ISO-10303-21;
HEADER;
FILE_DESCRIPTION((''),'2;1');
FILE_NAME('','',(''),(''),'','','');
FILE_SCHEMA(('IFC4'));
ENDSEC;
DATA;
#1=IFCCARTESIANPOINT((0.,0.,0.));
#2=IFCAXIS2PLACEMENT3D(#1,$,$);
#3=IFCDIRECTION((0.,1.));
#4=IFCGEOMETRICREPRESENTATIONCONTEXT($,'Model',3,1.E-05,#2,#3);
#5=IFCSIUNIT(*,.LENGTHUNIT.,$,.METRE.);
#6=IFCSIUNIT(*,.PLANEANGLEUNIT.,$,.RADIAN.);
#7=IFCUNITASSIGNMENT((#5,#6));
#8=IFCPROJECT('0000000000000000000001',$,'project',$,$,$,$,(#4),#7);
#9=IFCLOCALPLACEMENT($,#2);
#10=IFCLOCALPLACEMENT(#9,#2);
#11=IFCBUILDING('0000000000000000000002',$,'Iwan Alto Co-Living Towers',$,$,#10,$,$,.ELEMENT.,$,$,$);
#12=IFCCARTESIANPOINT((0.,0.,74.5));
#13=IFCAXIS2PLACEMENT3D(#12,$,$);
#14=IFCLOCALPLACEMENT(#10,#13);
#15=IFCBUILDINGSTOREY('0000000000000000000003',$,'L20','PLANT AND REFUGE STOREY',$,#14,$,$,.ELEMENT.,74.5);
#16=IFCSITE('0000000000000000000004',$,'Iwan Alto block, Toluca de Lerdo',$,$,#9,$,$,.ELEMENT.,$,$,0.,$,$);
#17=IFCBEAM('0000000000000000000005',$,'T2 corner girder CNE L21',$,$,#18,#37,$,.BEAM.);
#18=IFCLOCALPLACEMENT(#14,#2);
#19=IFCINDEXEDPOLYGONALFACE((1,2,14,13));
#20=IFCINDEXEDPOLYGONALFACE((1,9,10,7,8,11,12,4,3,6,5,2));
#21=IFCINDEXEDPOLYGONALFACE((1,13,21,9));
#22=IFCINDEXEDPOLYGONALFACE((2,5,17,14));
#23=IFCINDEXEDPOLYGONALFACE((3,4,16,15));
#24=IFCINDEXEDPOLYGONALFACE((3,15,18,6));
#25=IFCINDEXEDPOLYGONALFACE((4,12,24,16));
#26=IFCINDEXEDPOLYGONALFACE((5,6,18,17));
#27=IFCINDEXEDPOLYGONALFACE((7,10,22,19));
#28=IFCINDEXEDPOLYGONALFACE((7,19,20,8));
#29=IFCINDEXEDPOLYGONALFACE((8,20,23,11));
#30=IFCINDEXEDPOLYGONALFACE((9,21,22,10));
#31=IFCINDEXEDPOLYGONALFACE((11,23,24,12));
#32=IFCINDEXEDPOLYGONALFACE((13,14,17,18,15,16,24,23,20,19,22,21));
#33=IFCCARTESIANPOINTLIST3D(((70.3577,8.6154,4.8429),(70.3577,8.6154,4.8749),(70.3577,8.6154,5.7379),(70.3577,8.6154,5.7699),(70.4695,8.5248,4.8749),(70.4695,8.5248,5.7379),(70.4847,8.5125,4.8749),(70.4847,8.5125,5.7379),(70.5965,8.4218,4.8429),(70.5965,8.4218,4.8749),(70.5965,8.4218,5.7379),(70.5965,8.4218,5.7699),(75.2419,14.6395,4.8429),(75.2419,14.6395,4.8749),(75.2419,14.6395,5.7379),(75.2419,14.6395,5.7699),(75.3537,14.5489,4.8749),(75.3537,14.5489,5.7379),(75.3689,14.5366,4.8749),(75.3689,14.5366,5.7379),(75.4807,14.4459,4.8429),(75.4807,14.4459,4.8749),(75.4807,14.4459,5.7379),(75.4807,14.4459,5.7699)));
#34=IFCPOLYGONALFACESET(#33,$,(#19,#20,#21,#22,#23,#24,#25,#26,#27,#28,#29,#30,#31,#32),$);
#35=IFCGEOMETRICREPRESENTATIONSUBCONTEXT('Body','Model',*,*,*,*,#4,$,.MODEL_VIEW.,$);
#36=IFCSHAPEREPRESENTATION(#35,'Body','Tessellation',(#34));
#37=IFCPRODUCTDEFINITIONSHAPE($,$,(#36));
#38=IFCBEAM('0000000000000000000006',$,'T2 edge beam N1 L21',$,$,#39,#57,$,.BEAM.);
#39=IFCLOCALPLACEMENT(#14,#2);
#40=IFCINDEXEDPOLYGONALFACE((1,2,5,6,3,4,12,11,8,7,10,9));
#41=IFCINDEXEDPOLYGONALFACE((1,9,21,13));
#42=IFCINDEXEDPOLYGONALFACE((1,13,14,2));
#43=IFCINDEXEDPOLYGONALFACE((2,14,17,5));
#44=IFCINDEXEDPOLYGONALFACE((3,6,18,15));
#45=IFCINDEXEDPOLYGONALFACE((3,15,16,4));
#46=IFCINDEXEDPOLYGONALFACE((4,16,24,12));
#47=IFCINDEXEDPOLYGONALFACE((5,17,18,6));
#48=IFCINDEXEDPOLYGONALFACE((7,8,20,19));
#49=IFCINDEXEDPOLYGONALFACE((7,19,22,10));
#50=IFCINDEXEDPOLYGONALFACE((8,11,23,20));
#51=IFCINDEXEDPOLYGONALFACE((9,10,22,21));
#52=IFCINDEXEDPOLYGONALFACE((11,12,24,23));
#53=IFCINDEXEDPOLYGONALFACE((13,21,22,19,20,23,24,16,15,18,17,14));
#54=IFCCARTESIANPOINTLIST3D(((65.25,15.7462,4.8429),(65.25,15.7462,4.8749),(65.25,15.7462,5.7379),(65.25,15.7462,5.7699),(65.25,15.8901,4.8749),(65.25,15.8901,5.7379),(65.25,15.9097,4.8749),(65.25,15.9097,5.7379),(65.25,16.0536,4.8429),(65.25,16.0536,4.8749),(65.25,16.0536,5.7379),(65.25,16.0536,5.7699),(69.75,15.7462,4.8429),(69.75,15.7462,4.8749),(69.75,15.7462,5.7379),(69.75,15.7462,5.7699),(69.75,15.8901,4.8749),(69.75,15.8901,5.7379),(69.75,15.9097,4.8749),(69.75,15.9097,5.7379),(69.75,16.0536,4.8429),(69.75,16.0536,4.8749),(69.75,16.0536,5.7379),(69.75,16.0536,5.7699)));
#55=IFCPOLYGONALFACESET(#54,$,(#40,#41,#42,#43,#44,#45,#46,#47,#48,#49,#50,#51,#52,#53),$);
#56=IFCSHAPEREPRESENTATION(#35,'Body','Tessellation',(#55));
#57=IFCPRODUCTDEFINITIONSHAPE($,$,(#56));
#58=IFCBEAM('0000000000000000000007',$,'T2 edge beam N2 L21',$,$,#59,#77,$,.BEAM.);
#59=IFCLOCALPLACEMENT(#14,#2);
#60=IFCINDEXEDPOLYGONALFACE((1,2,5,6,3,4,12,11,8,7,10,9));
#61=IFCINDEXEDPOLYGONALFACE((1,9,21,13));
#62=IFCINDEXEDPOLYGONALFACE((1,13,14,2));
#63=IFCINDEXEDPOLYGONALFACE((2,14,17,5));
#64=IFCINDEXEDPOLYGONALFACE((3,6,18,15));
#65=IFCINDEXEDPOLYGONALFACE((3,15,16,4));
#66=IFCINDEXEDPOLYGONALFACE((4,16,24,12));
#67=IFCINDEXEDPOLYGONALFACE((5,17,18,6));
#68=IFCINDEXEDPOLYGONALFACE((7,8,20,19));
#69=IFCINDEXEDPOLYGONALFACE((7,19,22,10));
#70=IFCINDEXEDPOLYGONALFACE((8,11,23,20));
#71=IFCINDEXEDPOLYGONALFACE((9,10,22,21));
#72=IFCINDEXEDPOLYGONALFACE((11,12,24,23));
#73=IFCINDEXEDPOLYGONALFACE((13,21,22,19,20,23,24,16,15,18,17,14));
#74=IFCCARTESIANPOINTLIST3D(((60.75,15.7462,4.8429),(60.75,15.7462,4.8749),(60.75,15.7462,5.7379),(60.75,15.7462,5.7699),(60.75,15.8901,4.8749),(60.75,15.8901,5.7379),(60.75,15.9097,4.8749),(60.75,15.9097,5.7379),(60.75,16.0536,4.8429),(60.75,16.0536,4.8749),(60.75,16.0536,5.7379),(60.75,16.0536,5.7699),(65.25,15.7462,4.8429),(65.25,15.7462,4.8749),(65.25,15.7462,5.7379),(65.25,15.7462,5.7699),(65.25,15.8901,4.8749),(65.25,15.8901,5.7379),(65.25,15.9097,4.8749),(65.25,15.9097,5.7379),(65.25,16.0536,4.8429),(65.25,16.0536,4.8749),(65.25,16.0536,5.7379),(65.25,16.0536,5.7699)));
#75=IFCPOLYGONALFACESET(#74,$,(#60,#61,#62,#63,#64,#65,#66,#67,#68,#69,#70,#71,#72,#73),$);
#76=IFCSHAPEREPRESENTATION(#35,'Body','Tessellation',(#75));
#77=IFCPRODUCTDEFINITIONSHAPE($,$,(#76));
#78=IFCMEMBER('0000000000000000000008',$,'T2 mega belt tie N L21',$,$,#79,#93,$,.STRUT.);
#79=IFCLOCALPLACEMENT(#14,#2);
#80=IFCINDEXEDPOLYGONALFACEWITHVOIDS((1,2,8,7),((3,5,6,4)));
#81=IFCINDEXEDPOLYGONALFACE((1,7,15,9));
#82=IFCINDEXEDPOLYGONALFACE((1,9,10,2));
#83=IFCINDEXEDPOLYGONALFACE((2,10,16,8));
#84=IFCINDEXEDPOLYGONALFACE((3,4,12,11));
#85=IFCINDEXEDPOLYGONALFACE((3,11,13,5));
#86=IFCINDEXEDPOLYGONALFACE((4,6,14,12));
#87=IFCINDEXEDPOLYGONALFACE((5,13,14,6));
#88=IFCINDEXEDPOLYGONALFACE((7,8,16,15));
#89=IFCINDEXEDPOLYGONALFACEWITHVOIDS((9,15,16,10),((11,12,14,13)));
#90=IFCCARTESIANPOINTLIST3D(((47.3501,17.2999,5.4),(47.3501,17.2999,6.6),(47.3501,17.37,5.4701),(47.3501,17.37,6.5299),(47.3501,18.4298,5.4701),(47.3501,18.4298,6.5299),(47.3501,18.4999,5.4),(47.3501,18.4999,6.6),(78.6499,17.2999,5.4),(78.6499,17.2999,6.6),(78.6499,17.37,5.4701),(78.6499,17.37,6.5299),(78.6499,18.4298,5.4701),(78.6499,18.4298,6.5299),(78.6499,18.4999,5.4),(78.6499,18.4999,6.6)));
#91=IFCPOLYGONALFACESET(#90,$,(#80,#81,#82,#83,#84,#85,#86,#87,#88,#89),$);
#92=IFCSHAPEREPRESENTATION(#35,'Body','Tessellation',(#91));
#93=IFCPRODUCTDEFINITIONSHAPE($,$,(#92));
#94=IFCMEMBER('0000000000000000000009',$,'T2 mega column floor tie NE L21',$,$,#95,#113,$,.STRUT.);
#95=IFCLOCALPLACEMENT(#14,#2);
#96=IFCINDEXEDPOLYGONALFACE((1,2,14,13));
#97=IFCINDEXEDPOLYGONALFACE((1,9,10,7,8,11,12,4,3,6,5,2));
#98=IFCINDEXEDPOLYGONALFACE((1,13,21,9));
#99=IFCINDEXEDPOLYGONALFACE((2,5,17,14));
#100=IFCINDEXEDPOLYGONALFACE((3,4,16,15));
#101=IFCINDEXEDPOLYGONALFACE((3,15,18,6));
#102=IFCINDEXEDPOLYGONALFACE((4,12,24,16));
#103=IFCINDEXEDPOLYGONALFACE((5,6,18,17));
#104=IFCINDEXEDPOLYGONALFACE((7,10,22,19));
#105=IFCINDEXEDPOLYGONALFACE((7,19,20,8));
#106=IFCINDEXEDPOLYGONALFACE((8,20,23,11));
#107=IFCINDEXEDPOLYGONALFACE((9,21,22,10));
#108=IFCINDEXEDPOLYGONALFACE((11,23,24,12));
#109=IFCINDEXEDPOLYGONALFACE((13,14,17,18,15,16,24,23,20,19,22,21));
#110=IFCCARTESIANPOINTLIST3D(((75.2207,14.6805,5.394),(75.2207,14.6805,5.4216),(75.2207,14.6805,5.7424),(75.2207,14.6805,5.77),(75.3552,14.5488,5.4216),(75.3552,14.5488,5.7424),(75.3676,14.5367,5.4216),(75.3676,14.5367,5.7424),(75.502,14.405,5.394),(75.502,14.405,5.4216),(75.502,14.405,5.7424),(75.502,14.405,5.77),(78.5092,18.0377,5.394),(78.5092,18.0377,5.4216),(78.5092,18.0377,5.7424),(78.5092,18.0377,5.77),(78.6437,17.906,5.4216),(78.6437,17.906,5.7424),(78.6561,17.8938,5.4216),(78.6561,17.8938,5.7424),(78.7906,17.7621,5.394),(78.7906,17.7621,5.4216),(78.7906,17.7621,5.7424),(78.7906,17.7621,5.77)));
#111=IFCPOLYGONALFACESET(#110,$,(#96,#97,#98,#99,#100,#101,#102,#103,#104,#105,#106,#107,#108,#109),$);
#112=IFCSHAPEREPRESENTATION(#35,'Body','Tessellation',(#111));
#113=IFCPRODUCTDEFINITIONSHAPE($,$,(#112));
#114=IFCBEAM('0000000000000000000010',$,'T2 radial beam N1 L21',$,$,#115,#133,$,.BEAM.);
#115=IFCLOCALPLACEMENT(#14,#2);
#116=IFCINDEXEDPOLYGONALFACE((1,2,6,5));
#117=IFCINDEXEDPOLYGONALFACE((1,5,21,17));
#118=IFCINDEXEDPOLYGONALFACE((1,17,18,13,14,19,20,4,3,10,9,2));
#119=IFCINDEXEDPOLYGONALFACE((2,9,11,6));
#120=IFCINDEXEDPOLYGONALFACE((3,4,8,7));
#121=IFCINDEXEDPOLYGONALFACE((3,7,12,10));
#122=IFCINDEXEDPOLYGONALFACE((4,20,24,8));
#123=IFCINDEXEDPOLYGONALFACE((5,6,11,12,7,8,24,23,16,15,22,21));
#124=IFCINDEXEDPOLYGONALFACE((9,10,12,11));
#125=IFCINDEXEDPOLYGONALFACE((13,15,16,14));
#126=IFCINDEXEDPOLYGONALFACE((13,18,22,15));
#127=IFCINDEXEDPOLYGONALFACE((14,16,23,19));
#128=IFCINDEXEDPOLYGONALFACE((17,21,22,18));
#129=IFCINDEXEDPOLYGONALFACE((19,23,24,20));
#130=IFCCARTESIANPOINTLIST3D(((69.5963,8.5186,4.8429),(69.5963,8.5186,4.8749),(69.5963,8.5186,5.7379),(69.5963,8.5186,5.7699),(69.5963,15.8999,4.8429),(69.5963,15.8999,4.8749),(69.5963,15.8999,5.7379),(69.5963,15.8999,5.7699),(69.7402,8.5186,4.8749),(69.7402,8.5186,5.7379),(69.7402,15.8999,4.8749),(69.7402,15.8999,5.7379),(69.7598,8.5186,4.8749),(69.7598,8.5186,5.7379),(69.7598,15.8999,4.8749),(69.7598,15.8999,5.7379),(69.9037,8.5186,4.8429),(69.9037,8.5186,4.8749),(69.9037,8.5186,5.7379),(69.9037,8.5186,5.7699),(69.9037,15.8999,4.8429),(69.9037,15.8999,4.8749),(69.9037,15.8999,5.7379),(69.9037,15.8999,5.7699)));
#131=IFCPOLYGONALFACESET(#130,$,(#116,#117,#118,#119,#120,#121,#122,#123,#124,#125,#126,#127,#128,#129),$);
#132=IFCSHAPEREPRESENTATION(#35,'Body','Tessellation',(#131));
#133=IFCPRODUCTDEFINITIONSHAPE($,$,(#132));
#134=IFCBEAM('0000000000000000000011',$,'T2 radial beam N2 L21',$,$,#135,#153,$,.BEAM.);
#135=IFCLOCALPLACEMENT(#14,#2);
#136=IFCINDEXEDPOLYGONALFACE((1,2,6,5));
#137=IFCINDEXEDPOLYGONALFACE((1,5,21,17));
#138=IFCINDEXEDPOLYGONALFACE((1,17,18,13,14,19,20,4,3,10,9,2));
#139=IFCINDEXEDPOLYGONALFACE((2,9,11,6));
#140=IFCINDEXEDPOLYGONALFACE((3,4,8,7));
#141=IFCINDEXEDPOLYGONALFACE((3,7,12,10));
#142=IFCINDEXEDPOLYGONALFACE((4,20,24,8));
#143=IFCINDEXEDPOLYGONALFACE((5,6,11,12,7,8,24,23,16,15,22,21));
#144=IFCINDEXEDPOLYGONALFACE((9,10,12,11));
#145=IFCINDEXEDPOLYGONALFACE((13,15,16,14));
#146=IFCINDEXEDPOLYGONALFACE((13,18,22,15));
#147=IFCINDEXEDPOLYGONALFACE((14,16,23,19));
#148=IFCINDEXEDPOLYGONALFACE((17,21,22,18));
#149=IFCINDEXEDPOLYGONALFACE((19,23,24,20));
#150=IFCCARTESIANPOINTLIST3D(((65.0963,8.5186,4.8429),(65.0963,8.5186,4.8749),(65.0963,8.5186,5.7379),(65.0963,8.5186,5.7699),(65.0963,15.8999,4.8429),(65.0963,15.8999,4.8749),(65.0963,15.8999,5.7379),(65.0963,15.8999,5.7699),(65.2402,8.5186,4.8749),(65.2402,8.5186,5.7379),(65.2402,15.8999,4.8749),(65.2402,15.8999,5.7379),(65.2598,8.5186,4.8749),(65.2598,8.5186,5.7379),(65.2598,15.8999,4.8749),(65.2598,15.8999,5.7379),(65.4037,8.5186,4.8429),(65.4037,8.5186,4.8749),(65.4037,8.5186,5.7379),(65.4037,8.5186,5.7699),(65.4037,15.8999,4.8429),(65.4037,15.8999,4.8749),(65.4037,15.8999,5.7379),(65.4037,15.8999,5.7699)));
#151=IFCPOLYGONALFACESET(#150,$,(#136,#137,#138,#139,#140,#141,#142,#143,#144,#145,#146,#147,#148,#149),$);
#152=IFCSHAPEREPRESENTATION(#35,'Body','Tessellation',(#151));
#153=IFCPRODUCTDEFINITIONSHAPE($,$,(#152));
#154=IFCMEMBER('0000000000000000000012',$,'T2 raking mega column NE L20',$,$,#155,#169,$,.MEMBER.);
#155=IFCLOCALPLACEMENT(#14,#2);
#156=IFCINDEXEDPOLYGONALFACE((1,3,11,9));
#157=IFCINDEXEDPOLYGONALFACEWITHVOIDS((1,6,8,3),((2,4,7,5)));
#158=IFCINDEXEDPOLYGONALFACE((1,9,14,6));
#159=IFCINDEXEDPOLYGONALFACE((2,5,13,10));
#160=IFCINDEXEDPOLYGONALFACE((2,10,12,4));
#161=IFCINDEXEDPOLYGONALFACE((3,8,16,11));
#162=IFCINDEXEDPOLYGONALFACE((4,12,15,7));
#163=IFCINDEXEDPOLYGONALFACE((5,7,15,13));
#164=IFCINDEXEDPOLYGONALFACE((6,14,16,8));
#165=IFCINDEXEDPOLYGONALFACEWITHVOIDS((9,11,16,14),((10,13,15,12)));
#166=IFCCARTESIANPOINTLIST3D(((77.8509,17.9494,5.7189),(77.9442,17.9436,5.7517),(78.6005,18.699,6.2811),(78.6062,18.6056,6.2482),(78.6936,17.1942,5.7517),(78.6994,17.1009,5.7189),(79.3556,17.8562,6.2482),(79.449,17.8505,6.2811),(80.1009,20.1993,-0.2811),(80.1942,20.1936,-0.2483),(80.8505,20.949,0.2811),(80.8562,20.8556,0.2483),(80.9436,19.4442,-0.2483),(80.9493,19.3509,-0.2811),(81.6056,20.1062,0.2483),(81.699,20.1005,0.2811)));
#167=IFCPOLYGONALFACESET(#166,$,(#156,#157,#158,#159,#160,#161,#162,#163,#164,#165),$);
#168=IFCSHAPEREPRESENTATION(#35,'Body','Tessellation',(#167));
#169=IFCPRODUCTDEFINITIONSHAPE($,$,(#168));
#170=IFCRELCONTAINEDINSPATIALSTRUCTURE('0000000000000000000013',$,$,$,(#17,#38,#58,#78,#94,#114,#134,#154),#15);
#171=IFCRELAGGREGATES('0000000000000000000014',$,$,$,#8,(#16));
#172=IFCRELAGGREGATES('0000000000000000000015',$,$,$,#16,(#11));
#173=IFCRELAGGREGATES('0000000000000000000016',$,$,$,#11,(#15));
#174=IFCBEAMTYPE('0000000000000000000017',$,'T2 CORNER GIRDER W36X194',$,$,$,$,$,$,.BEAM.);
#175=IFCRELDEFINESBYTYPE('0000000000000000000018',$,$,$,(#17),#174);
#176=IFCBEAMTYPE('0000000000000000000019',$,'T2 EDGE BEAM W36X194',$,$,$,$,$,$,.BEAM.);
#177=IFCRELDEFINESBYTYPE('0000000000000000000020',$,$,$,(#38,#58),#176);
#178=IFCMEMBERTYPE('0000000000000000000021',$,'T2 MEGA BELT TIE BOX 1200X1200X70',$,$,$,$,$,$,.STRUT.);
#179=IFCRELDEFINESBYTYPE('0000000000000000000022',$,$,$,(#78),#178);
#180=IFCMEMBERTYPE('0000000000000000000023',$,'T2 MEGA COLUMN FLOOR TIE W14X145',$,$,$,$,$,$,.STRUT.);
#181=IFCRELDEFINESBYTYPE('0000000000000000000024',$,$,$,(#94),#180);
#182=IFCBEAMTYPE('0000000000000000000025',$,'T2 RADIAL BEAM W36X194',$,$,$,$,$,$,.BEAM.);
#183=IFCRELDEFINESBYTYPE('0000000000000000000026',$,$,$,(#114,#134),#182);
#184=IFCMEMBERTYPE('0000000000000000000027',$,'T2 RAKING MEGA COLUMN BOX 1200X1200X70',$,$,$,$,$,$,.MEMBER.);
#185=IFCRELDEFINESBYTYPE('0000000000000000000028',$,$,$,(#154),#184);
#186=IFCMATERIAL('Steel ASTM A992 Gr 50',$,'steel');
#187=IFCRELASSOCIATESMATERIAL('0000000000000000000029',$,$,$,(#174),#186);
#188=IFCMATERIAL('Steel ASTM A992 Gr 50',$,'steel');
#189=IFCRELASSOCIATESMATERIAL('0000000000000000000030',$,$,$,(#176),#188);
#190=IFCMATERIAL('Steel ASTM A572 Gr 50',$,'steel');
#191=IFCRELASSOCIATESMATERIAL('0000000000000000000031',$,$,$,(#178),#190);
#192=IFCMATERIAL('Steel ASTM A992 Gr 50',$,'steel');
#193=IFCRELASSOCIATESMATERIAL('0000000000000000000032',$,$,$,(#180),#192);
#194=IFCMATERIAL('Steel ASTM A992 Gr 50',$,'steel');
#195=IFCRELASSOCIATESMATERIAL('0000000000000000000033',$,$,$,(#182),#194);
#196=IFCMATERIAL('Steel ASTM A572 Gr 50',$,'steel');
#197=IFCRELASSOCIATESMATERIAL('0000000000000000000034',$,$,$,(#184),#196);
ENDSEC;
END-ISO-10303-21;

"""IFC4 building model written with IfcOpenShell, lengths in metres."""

from ifc_helpers import new_model, si_unit, direction, frame, origin, origin_2d, place, context, subcontext, project, spatial, hollow_rectangle, i_section, extrude, material, material_profile, profile_set, type_object, element, save


model = new_model("IFC4")

# Units and contexts
model_context = context("Model", 3, precision=1e-05, world=origin(), true_north=direction((0.0, 1.0)))
body_context = subcontext(model_context, "Body", "Model", "MODEL_VIEW")
ifc_project = project(units=[si_unit("LENGTHUNIT", "METRE"), si_unit("PLANEANGLEUNIT", "RADIAN")], contexts=[model_context])

# Site, building, storey
site_placement = place(None, origin())
site = spatial("IfcSite", under=ifc_project, at=site_placement, Name="Iwan Alto block, Toluca de Lerdo", CompositionType="ELEMENT", RefElevation=0.0)
building_placement = place(site_placement, origin())
building = spatial("IfcBuilding", under=site, at=building_placement, Name="Iwan Alto Co-Living Towers", CompositionType="ELEMENT")
storey_placement = place(building_placement, frame((0.0, 0.0, 74.5)))
storey = spatial("IfcBuildingStorey", under=building, at=storey_placement, Name="L20", Description="PLANT AND REFUGE STOREY", CompositionType="ELEMENT", Elevation=74.5)

# Beams
ifc_material_1 = material(Name="Steel ASTM A992 Gr 50", Category="steel")
ifc_material_profile_1 = material_profile(ifc_material_1, i_section(OverallWidth=0.3074, OverallDepth=0.927, WebThickness=0.0195, FlangeThickness=0.032, at=origin_2d()), Name="W36X194")
ifc_profile_set_1 = profile_set([ifc_material_profile_1], Name="Steel ASTM A992 Gr 50")
beam_type_1 = type_object("IfcBeamType", Name="T2 CORNER GIRDER W36X194", PredefinedType="BEAM", material=ifc_profile_set_1)
beam_placement = place(storey_placement, frame((75.3613, 14.5427, 5.3064), z_axis=(-0.629788, -0.776767, 0.0), x_axis=(0.776767, -0.629788, 0.0)))
element("IfcBeam", 1, at=beam_placement, inside=storey, type_object=beam_type_1, Name="T2 corner girder CNE L21", PredefinedType="BEAM", context=body_context, shape_type="SweptSolid", body=[
    extrude(i_section(OverallWidth=0.3074, OverallDepth=0.927, WebThickness=0.0195, FlangeThickness=0.032, at=origin_2d()), origin(), (0.0, 0.0, 1.0), 7.7554),
])
ifc_material_2 = material(Name="Steel ASTM A992 Gr 50", Category="steel")
ifc_material_profile_2 = material_profile(ifc_material_2, i_section(OverallWidth=0.3074, OverallDepth=0.927, WebThickness=0.0195, FlangeThickness=0.032, at=origin_2d()), Name="W36X194")
ifc_profile_set_2 = profile_set([ifc_material_profile_2], Name="Steel ASTM A992 Gr 50")
beam_type_2 = type_object("IfcBeamType", Name="T2 EDGE BEAM W36X194", PredefinedType="BEAM", material=ifc_profile_set_2)
for number, where, z_axis, x_axis, name in (
    (2, (69.75, 15.8999, 5.3064), (-1.0, 0.0, 0.0), (0.0, -1.0, 0.0), "T2 edge beam N1 L21"),
    (3, (65.25, 15.8999, 5.3064), (-1.0, 0.0, 0.0), (0.0, -1.0, 0.0), "T2 edge beam N2 L21"),
):
    element("IfcBeam", number, at=place(storey_placement, frame(where, z_axis=z_axis, x_axis=x_axis)), inside=storey, type_object=beam_type_2, Name=name, PredefinedType="BEAM", context=body_context, shape_type="SweptSolid", body=[
        extrude(i_section(OverallWidth=0.3074, OverallDepth=0.927, WebThickness=0.0195, FlangeThickness=0.032, at=origin_2d()), origin(), (0.0, 0.0, 1.0), 4.5),
    ])

# Members
ifc_material_3 = material(Name="Steel ASTM A572 Gr 50", Category="steel")
ifc_material_profile_3 = material_profile(ifc_material_3, hollow_rectangle(XDim=1.2, YDim=1.2, WallThickness=0.0701, at=origin_2d()), Name="BOX 1200X1200X70")
ifc_profile_set_3 = profile_set([ifc_material_profile_3], Name="Steel ASTM A572 Gr 50")
member_type_1 = type_object("IfcMemberType", Name="T2 MEGA BELT TIE BOX 1200X1200X70", PredefinedType="STRUT", material=ifc_profile_set_3)
member_1_placement = place(storey_placement, frame((78.6499, 17.8999, 6.0), z_axis=(-1.0, 0.0, 0.0), x_axis=(0.0, -1.0, 0.0)))
element("IfcMember", 4, at=member_1_placement, inside=storey, type_object=member_type_1, Name="T2 mega belt tie N L21", PredefinedType="STRUT", context=body_context, shape_type="SweptSolid", body=[
    extrude(hollow_rectangle(XDim=1.2, YDim=1.2, WallThickness=0.0701, at=origin_2d()), origin(), (0.0, 0.0, 1.0), 31.2998),
])
ifc_material_4 = material(Name="Steel ASTM A992 Gr 50", Category="steel")
ifc_material_profile_4 = material_profile(ifc_material_4, i_section(OverallWidth=0.3938, OverallDepth=0.376, WebThickness=0.0173, FlangeThickness=0.0276, at=origin_2d()), Name="W14X145")
ifc_profile_set_4 = profile_set([ifc_material_profile_4], Name="Steel ASTM A992 Gr 50")
member_type_2 = type_object("IfcMemberType", Name="T2 MEGA COLUMN FLOOR TIE W14X145", PredefinedType="STRUT", material=ifc_profile_set_4)
member_2_placement = place(storey_placement, frame((78.6499, 17.8999, 5.582), z_axis=(-0.69977, -0.714368, 0.0), x_axis=(0.714368, -0.69977, 0.0)))
element("IfcMember", 5, at=member_2_placement, inside=storey, type_object=member_type_2, Name="T2 mega column floor tie NE L21", PredefinedType="STRUT", context=body_context, shape_type="SweptSolid", body=[
    extrude(i_section(OverallWidth=0.3938, OverallDepth=0.376, WebThickness=0.0173, FlangeThickness=0.0276, at=origin_2d()), origin(), (0.0, 0.0, 1.0), 4.6995),
])

# Beams
ifc_material_5 = material(Name="Steel ASTM A992 Gr 50", Category="steel")
ifc_material_profile_5 = material_profile(ifc_material_5, i_section(OverallWidth=0.3074, OverallDepth=0.927, WebThickness=0.0195, FlangeThickness=0.032, at=origin_2d()), Name="W36X194")
ifc_profile_set_5 = profile_set([ifc_material_profile_5], Name="Steel ASTM A992 Gr 50")
beam_type_3 = type_object("IfcBeamType", Name="T2 RADIAL BEAM W36X194", PredefinedType="BEAM", material=ifc_profile_set_5)
for number, where, z_axis, x_axis, name in (
    (6, (69.75, 15.8999, 5.3064), (0.0, -1.0, 0.0), (1.0, 0.0, 0.0), "T2 radial beam N1 L21"),
    (7, (65.25, 15.8999, 5.3064), (0.0, -1.0, 0.0), (1.0, 0.0, 0.0), "T2 radial beam N2 L21"),
):
    element("IfcBeam", number, at=place(storey_placement, frame(where, z_axis=z_axis, x_axis=x_axis)), inside=storey, type_object=beam_type_3, Name=name, PredefinedType="BEAM", context=body_context, shape_type="SweptSolid", body=[
        extrude(i_section(OverallWidth=0.3074, OverallDepth=0.927, WebThickness=0.0195, FlangeThickness=0.032, at=origin_2d()), origin(), (0.0, 0.0, 1.0), 7.3813),
    ])

# Member
ifc_material_6 = material(Name="Steel ASTM A572 Gr 50", Category="steel")
ifc_material_profile_6 = material_profile(ifc_material_6, hollow_rectangle(XDim=1.2, YDim=1.2, WallThickness=0.0701, at=origin_2d()), Name="BOX 1200X1200X70")
ifc_profile_set_6 = profile_set([ifc_material_profile_6], Name="Steel ASTM A572 Gr 50")
member_type_3 = type_object("IfcMemberType", Name="T2 RAKING MEGA COLUMN BOX 1200X1200X70", PredefinedType="MEMBER", material=ifc_profile_set_6)
member_3_placement = place(storey_placement, frame((80.8999, 20.1499, 0.0), z_axis=(-0.331295, -0.331295, 0.883452), x_axis=(0.707107, -0.707107, 0.0)))
element("IfcMember", 8, at=member_3_placement, inside=storey, type_object=member_type_3, Name="T2 raking mega column NE L20", PredefinedType="MEMBER", context=body_context, shape_type="SweptSolid", body=[
    extrude(hollow_rectangle(XDim=1.2, YDim=1.2, WallThickness=0.0701, at=origin_2d()), origin(), (0.0, 0.0, 1.0), 6.7915),
])

save(model, "model.ifc")
